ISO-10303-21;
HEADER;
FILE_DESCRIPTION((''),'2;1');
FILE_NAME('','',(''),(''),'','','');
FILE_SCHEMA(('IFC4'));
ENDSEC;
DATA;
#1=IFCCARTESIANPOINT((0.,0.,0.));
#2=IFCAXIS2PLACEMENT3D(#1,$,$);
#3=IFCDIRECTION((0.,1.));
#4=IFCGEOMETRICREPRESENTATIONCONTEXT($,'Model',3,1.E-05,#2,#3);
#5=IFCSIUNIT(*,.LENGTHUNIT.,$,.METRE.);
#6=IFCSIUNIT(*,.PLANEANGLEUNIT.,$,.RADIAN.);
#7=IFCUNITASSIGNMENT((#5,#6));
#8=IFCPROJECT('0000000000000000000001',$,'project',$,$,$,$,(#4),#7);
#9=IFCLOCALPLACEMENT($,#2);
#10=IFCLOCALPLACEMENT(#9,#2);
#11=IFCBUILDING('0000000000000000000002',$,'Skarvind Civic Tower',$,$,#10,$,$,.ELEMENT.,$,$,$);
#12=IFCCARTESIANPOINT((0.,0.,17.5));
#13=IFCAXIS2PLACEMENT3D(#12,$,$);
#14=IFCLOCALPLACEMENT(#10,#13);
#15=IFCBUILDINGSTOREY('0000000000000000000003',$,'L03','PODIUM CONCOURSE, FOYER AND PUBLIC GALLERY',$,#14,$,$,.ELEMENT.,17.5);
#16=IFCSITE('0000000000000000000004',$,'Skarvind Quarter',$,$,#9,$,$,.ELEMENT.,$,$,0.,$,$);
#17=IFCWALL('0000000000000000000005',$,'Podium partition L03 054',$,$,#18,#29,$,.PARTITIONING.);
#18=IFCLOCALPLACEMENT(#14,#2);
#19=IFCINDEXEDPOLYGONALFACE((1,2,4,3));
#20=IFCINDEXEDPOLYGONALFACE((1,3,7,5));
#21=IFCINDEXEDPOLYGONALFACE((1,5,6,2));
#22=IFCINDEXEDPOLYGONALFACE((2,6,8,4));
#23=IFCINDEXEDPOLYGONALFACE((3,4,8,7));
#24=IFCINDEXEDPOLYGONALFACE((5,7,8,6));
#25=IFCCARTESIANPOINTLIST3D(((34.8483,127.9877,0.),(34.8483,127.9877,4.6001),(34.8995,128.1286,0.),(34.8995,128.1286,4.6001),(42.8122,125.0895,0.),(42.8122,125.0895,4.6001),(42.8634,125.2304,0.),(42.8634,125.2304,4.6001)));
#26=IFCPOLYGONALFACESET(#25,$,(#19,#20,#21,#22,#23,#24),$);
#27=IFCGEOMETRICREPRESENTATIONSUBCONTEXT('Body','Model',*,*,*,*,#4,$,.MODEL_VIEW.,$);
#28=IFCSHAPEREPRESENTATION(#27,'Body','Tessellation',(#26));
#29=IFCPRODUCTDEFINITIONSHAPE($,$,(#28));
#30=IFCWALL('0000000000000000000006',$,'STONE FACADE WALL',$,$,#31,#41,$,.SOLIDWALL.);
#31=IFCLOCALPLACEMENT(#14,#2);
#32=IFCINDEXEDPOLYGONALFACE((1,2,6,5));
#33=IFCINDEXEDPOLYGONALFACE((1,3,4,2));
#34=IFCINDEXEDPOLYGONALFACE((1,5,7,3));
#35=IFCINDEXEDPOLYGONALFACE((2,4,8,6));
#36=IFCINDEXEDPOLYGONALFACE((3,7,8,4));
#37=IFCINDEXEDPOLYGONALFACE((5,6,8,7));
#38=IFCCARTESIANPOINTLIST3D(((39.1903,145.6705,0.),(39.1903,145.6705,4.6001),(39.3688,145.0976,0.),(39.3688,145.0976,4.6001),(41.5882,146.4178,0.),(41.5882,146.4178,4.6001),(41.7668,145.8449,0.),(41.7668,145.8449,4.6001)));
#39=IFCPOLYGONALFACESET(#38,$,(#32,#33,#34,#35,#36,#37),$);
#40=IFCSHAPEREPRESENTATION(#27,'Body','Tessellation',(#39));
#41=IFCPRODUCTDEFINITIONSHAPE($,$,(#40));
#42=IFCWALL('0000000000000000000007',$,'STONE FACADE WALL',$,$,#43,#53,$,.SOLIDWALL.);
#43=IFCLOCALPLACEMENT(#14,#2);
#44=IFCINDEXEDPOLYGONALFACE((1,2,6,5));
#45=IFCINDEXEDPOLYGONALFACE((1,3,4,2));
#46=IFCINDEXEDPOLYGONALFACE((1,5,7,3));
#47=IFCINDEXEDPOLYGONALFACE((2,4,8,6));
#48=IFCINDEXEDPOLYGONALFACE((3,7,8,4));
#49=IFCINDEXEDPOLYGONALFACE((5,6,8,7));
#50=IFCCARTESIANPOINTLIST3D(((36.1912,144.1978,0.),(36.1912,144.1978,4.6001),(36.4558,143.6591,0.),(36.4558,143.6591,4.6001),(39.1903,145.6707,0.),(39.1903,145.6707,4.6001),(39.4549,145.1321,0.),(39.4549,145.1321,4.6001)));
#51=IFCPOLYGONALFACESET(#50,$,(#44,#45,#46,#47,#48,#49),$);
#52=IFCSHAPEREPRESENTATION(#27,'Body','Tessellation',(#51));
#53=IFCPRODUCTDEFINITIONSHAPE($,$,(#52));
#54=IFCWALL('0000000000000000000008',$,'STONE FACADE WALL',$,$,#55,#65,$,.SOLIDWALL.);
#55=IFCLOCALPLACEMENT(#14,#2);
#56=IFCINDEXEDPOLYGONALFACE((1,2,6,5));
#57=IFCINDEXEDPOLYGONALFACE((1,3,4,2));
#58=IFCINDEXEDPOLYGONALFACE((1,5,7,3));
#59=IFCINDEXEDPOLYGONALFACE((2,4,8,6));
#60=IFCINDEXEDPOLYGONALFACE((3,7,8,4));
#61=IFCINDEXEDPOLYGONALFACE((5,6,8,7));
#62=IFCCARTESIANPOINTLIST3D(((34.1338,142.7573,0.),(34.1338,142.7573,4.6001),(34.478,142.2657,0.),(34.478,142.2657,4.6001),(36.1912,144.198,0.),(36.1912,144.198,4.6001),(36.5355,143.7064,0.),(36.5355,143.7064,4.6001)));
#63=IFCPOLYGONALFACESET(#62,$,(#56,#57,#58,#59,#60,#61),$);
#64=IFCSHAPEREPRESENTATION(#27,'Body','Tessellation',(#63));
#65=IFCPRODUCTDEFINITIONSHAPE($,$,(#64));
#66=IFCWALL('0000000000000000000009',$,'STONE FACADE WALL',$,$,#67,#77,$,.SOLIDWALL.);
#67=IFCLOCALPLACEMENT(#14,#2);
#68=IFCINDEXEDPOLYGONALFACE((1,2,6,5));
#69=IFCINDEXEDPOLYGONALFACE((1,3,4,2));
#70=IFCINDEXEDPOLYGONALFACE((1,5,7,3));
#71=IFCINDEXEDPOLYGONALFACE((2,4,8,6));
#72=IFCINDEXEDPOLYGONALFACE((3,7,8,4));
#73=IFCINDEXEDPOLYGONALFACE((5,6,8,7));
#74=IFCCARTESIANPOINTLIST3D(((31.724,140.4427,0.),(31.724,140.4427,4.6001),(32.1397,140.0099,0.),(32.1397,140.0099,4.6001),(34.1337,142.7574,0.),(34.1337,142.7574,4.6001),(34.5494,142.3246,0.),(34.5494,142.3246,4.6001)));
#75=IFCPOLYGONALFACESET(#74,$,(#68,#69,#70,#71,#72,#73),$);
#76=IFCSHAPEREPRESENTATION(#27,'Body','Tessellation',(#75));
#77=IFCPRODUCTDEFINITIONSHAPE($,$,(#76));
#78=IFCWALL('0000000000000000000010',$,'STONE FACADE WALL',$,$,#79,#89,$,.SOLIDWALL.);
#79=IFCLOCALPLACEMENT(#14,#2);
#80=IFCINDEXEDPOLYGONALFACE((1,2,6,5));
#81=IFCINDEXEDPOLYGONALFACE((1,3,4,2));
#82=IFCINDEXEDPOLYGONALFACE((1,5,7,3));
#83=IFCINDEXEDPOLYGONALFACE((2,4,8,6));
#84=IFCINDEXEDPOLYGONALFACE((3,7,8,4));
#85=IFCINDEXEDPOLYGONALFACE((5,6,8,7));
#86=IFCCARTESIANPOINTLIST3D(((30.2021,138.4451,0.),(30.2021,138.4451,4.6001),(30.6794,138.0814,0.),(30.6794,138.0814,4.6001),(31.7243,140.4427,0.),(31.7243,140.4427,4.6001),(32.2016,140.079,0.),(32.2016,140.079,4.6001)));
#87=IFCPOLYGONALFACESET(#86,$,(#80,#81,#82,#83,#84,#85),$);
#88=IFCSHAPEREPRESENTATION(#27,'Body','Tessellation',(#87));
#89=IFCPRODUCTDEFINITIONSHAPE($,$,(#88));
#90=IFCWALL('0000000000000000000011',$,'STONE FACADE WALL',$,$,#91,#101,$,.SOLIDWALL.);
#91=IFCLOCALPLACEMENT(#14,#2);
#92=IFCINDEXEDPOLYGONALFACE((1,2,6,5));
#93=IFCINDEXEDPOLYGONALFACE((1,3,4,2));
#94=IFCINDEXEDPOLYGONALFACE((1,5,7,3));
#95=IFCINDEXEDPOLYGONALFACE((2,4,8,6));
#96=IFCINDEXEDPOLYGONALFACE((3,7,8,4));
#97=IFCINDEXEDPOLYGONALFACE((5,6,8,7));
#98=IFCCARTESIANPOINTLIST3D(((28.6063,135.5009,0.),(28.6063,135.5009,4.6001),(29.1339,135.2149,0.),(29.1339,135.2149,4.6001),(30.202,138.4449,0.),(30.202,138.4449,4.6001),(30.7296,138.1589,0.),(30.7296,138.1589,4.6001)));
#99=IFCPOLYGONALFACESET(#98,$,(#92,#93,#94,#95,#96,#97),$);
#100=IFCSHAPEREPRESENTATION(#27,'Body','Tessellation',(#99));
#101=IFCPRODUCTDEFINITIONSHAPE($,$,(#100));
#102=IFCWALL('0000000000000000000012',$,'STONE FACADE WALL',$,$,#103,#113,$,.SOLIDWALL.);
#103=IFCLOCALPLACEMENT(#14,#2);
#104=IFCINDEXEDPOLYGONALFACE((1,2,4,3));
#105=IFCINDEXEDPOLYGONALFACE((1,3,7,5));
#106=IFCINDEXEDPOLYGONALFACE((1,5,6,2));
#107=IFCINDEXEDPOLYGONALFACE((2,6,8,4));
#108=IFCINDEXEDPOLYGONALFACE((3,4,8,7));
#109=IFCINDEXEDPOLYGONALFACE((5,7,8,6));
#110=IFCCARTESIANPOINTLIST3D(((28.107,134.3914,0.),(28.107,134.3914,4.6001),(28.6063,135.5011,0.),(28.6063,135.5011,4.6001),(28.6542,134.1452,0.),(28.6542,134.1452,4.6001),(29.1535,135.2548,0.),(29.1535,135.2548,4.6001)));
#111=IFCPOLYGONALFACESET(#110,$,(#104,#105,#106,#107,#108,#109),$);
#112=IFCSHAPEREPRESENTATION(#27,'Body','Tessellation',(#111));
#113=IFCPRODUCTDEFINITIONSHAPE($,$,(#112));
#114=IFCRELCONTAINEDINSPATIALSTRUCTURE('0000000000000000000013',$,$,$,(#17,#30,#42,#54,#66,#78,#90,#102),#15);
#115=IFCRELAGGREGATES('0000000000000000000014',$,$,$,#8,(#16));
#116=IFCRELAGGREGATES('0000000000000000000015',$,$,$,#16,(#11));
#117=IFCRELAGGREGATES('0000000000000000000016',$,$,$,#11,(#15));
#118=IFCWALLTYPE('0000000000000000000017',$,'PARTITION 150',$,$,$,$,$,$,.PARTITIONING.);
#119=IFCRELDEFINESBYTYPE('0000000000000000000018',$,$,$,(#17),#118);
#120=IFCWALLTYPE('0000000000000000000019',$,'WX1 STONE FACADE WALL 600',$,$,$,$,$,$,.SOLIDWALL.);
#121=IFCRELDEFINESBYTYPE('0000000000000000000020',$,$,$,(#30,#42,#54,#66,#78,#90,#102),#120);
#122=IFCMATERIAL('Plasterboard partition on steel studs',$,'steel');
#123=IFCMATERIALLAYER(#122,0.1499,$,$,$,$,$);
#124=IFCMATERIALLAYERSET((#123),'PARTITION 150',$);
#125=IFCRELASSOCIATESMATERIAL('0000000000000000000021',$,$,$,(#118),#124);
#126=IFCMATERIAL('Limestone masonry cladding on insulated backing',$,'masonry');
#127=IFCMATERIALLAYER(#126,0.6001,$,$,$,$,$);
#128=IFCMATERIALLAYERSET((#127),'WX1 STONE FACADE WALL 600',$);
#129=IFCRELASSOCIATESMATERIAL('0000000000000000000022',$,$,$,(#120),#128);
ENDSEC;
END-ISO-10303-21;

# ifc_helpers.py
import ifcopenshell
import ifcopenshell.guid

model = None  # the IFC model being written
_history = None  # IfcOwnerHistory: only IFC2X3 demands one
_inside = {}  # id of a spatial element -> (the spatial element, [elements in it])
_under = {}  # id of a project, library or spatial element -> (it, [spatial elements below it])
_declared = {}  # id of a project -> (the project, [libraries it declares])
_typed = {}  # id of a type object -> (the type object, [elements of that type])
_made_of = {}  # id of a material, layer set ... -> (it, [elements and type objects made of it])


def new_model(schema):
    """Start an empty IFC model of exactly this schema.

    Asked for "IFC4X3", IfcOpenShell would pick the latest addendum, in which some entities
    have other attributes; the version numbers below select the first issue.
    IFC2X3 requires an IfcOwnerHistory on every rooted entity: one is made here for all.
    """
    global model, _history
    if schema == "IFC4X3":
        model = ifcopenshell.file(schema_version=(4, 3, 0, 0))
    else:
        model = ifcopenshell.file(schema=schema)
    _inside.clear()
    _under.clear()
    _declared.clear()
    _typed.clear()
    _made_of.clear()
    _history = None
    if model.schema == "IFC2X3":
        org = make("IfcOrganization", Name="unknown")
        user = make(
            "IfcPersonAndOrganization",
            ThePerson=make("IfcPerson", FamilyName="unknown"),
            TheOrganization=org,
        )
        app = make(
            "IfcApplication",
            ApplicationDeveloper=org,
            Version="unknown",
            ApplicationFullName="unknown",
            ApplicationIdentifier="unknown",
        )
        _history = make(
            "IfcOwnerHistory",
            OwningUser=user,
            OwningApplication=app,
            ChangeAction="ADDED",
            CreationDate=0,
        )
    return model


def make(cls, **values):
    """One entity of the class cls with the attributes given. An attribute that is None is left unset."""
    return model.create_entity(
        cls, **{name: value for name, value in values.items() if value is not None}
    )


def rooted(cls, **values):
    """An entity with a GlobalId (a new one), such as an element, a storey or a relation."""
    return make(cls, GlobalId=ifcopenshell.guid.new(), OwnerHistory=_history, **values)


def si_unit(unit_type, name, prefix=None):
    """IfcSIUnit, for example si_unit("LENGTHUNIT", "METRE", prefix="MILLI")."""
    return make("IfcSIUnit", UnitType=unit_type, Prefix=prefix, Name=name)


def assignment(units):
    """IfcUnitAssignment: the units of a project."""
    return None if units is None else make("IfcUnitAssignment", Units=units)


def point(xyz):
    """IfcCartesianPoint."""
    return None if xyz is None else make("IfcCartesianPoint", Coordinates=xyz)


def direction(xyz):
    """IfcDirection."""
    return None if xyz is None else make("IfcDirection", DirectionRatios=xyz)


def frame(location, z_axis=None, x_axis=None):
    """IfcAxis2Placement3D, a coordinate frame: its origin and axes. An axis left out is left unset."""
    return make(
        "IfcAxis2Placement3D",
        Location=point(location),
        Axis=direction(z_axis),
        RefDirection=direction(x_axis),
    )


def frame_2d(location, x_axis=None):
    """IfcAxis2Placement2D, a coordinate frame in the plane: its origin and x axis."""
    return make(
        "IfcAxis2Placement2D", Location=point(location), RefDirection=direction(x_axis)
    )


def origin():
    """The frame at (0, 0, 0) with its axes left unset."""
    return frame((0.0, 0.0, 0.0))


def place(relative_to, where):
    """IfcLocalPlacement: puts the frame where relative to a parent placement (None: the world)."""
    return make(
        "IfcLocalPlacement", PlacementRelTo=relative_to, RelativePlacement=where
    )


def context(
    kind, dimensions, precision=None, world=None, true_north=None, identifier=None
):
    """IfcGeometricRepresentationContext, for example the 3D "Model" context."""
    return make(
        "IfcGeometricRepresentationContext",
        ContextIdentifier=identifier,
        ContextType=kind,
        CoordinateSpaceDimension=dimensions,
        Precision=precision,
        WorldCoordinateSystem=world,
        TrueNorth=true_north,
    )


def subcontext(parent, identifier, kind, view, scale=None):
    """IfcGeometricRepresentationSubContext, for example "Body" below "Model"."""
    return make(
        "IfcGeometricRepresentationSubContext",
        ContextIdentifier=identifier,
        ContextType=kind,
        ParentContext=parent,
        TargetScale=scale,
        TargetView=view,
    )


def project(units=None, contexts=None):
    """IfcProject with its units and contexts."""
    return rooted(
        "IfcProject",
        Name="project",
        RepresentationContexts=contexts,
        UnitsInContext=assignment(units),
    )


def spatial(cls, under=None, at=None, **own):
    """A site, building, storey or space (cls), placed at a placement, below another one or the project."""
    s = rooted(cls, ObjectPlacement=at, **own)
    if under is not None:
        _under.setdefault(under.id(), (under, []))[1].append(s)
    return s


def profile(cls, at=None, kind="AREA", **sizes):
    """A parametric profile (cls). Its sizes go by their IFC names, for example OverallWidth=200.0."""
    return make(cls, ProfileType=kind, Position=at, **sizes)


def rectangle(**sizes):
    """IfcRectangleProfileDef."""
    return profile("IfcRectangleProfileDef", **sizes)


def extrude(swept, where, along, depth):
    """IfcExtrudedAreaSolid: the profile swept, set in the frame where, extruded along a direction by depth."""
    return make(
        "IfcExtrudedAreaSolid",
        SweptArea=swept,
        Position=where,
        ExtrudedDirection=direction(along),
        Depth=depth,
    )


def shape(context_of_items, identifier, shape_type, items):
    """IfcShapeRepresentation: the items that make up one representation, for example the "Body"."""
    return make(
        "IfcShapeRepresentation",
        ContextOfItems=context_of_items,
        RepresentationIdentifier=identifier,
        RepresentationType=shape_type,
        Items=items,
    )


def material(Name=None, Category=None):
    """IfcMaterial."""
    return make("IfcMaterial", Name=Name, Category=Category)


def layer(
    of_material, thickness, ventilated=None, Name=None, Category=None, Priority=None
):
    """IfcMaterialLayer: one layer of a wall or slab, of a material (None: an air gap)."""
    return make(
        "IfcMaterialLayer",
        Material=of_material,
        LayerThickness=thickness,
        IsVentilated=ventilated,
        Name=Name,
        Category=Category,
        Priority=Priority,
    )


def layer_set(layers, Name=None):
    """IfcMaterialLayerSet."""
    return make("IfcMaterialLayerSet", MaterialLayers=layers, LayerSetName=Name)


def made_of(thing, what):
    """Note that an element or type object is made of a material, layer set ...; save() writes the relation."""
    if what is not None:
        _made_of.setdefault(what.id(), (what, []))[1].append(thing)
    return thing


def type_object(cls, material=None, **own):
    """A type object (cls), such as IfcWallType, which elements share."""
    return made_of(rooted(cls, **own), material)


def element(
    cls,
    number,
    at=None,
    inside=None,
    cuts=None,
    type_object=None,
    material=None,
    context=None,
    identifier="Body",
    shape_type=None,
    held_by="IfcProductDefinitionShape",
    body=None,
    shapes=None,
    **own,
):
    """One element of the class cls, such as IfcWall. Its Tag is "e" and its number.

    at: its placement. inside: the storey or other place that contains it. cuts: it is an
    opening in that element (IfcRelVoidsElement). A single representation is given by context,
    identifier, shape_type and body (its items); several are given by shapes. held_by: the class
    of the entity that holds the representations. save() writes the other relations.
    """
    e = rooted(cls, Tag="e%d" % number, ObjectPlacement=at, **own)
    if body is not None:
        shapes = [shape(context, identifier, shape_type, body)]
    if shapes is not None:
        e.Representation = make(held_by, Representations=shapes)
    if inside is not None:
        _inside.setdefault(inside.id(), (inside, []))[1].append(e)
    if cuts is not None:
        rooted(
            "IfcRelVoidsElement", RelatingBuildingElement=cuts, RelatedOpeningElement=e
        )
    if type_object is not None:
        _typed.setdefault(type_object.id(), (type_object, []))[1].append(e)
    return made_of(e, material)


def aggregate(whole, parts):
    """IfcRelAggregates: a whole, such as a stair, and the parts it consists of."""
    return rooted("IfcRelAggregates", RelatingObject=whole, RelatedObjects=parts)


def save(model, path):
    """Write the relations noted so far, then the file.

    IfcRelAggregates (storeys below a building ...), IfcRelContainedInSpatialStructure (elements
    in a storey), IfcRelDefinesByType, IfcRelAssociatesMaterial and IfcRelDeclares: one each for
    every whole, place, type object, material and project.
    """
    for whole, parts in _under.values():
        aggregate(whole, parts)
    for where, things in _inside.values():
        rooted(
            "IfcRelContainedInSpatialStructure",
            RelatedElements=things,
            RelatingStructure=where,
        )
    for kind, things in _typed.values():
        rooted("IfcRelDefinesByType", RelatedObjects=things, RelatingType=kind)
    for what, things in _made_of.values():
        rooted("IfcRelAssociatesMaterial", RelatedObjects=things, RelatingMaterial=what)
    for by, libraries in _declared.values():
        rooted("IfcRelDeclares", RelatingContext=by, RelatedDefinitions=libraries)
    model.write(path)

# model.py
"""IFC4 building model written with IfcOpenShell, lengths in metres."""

from ifc_helpers import new_model, si_unit, direction, frame, frame_2d, origin, place, context, subcontext, project, spatial, rectangle, extrude, material, layer, layer_set, type_object, element, save


model = new_model("IFC4")

# Units and contexts
model_context = context("Model", 3, precision=1e-05, world=origin(), true_north=direction((0.0, 1.0)))
body_context = subcontext(model_context, "Body", "Model", "MODEL_VIEW")
ifc_project = project(units=[si_unit("LENGTHUNIT", "METRE"), si_unit("PLANEANGLEUNIT", "RADIAN")], contexts=[model_context])

# Site, building, storey
site_placement = place(None, origin())
site = spatial("IfcSite", under=ifc_project, at=site_placement, Name="Skarvind Quarter", CompositionType="ELEMENT", RefElevation=0.0)
building_placement = place(site_placement, origin())
building = spatial("IfcBuilding", under=site, at=building_placement, Name="Skarvind Civic Tower", CompositionType="ELEMENT")
storey_placement = place(building_placement, frame((0.0, 0.0, 17.5)))
storey = spatial("IfcBuildingStorey", under=building, at=storey_placement, Name="L03", Description="PODIUM CONCOURSE, FOYER AND PUBLIC GALLERY", CompositionType="ELEMENT", Elevation=17.5)

# Walls
ifc_material_1 = material(Name="Plasterboard partition on steel studs", Category="steel")
ifc_layer_1 = layer(ifc_material_1, 0.1499)
ifc_layer_set_1 = layer_set([ifc_layer_1], Name="PARTITION 150")
wall_type_1 = type_object("IfcWallType", Name="PARTITION 150", PredefinedType="PARTITIONING", material=ifc_layer_set_1)
wall_1_placement = place(storey_placement, frame((34.874, 128.0581, 0.0), z_axis=(0.0, 0.0, 1.0), x_axis=(0.939708, -0.341977, 0.0)))
element("IfcWall", 1, at=wall_1_placement, inside=storey, type_object=wall_type_1, Name="Podium partition L03 054", PredefinedType="PARTITIONING", context=body_context, shape_type="SweptSolid", body=[
    extrude(rectangle(XDim=8.4749, YDim=0.1499, at=frame_2d((4.2373, 0.0))), origin(), (0.0, 0.0, 1.0), 4.6001),
])
ifc_material_2 = material(Name="Limestone masonry cladding on insulated backing", Category="masonry")
ifc_layer_2 = layer(ifc_material_2, 0.6001)
ifc_layer_set_2 = layer_set([ifc_layer_2], Name="WX1 STONE FACADE WALL 600")
wall_type_2 = type_object("IfcWallType", Name="WX1 STONE FACADE WALL 600", PredefinedType="SOLIDWALL", material=ifc_layer_set_2)
wall_2_placement = place(storey_placement, frame((39.2795, 145.384, 0.0), z_axis=(0.0, 0.0, 1.0), x_axis=(0.954711, 0.297533, 0.0)))
element("IfcWall", 2, at=wall_2_placement, inside=storey, type_object=wall_type_2, Name="STONE FACADE WALL", PredefinedType="SOLIDWALL", context=body_context, shape_type="SweptSolid", body=[
    extrude(rectangle(XDim=2.5117, YDim=0.6001, at=frame_2d((1.2559, 0.0))), origin(), (0.0, 0.0, 1.0), 4.6001),
])
wall_3_placement = place(storey_placement, frame((36.3235, 143.9285, 0.0), z_axis=(0.0, 0.0, 1.0), x_axis=(0.89759, 0.440831, 0.0)))
element("IfcWall", 3, at=wall_3_placement, inside=storey, type_object=wall_type_2, Name="STONE FACADE WALL", PredefinedType="SOLIDWALL", context=body_context, shape_type="SweptSolid", body=[
    extrude(rectangle(XDim=3.3413, YDim=0.6001, at=frame_2d((1.6707, 0.0))), origin(), (0.0, 0.0, 1.0), 4.6001),
])
wall_4_placement = place(storey_placement, frame((34.3059, 142.5115, 0.0), z_axis=(0.0, 0.0, 1.0), x_axis=(0.819136, 0.573599, 0.0)))
element("IfcWall", 4, at=wall_4_placement, inside=storey, type_object=wall_type_2, Name="STONE FACADE WALL", PredefinedType="SOLIDWALL", context=body_context, shape_type="SweptSolid", body=[
    extrude(rectangle(XDim=2.5117, YDim=0.6001, at=frame_2d((1.2559, 0.0))), origin(), (0.0, 0.0, 1.0), 4.6001),
])
wall_5_placement = place(storey_placement, frame((31.9319, 140.2263, 0.0), z_axis=(0.0, 0.0, 1.0), x_axis=(0.721176, 0.692752, 0.0)))
element("IfcWall", 5, at=wall_5_placement, inside=storey, type_object=wall_type_2, Name="STONE FACADE WALL", PredefinedType="SOLIDWALL", context=body_context, shape_type="SweptSolid", body=[
    extrude(rectangle(XDim=3.3413, YDim=0.6001, at=frame_2d((1.6707, 0.0))), origin(), (0.0, 0.0, 1.0), 4.6001),
])
wall_6_placement = place(storey_placement, frame((30.4407, 138.2632, 0.0), z_axis=(0.0, 0.0, 1.0), x_axis=(0.606111, 0.79538, 0.0)))
element("IfcWall", 6, at=wall_6_placement, inside=storey, type_object=wall_type_2, Name="STONE FACADE WALL", PredefinedType="SOLIDWALL", context=body_context, shape_type="SweptSolid", body=[
    extrude(rectangle(XDim=2.5115, YDim=0.6001, at=frame_2d((1.2559, 0.0))), origin(), (0.0, 0.0, 1.0), 4.6001),
])
wall_7_placement = place(storey_placement, frame((28.8701, 135.3579, 0.0), z_axis=(0.0, 0.0, 1.0), x_axis=(0.476511, 0.879169, 0.0)))
element("IfcWall", 7, at=wall_7_placement, inside=storey, type_object=wall_type_2, Name="STONE FACADE WALL", PredefinedType="SOLIDWALL", context=body_context, shape_type="SweptSolid", body=[
    extrude(rectangle(XDim=3.3486, YDim=0.6001, at=frame_2d((1.6743, 0.0))), origin(), (0.0, 0.0, 1.0), 4.6001),
])
wall_8_placement = place(storey_placement, frame((28.3806, 134.2683, 0.0), z_axis=(0.0, 0.0, 1.0), x_axis=(0.410323, 0.91194, 0.0)))
element("IfcWall", 8, at=wall_8_placement, inside=storey, type_object=wall_type_2, Name="STONE FACADE WALL", PredefinedType="SOLIDWALL", context=body_context, shape_type="SweptSolid", body=[
    extrude(rectangle(XDim=1.2168, YDim=0.6001, at=frame_2d((0.6084, 0.0))), origin(), (0.0, 0.0, 1.0), 4.6001),
])

save(model, "model.ifc")
